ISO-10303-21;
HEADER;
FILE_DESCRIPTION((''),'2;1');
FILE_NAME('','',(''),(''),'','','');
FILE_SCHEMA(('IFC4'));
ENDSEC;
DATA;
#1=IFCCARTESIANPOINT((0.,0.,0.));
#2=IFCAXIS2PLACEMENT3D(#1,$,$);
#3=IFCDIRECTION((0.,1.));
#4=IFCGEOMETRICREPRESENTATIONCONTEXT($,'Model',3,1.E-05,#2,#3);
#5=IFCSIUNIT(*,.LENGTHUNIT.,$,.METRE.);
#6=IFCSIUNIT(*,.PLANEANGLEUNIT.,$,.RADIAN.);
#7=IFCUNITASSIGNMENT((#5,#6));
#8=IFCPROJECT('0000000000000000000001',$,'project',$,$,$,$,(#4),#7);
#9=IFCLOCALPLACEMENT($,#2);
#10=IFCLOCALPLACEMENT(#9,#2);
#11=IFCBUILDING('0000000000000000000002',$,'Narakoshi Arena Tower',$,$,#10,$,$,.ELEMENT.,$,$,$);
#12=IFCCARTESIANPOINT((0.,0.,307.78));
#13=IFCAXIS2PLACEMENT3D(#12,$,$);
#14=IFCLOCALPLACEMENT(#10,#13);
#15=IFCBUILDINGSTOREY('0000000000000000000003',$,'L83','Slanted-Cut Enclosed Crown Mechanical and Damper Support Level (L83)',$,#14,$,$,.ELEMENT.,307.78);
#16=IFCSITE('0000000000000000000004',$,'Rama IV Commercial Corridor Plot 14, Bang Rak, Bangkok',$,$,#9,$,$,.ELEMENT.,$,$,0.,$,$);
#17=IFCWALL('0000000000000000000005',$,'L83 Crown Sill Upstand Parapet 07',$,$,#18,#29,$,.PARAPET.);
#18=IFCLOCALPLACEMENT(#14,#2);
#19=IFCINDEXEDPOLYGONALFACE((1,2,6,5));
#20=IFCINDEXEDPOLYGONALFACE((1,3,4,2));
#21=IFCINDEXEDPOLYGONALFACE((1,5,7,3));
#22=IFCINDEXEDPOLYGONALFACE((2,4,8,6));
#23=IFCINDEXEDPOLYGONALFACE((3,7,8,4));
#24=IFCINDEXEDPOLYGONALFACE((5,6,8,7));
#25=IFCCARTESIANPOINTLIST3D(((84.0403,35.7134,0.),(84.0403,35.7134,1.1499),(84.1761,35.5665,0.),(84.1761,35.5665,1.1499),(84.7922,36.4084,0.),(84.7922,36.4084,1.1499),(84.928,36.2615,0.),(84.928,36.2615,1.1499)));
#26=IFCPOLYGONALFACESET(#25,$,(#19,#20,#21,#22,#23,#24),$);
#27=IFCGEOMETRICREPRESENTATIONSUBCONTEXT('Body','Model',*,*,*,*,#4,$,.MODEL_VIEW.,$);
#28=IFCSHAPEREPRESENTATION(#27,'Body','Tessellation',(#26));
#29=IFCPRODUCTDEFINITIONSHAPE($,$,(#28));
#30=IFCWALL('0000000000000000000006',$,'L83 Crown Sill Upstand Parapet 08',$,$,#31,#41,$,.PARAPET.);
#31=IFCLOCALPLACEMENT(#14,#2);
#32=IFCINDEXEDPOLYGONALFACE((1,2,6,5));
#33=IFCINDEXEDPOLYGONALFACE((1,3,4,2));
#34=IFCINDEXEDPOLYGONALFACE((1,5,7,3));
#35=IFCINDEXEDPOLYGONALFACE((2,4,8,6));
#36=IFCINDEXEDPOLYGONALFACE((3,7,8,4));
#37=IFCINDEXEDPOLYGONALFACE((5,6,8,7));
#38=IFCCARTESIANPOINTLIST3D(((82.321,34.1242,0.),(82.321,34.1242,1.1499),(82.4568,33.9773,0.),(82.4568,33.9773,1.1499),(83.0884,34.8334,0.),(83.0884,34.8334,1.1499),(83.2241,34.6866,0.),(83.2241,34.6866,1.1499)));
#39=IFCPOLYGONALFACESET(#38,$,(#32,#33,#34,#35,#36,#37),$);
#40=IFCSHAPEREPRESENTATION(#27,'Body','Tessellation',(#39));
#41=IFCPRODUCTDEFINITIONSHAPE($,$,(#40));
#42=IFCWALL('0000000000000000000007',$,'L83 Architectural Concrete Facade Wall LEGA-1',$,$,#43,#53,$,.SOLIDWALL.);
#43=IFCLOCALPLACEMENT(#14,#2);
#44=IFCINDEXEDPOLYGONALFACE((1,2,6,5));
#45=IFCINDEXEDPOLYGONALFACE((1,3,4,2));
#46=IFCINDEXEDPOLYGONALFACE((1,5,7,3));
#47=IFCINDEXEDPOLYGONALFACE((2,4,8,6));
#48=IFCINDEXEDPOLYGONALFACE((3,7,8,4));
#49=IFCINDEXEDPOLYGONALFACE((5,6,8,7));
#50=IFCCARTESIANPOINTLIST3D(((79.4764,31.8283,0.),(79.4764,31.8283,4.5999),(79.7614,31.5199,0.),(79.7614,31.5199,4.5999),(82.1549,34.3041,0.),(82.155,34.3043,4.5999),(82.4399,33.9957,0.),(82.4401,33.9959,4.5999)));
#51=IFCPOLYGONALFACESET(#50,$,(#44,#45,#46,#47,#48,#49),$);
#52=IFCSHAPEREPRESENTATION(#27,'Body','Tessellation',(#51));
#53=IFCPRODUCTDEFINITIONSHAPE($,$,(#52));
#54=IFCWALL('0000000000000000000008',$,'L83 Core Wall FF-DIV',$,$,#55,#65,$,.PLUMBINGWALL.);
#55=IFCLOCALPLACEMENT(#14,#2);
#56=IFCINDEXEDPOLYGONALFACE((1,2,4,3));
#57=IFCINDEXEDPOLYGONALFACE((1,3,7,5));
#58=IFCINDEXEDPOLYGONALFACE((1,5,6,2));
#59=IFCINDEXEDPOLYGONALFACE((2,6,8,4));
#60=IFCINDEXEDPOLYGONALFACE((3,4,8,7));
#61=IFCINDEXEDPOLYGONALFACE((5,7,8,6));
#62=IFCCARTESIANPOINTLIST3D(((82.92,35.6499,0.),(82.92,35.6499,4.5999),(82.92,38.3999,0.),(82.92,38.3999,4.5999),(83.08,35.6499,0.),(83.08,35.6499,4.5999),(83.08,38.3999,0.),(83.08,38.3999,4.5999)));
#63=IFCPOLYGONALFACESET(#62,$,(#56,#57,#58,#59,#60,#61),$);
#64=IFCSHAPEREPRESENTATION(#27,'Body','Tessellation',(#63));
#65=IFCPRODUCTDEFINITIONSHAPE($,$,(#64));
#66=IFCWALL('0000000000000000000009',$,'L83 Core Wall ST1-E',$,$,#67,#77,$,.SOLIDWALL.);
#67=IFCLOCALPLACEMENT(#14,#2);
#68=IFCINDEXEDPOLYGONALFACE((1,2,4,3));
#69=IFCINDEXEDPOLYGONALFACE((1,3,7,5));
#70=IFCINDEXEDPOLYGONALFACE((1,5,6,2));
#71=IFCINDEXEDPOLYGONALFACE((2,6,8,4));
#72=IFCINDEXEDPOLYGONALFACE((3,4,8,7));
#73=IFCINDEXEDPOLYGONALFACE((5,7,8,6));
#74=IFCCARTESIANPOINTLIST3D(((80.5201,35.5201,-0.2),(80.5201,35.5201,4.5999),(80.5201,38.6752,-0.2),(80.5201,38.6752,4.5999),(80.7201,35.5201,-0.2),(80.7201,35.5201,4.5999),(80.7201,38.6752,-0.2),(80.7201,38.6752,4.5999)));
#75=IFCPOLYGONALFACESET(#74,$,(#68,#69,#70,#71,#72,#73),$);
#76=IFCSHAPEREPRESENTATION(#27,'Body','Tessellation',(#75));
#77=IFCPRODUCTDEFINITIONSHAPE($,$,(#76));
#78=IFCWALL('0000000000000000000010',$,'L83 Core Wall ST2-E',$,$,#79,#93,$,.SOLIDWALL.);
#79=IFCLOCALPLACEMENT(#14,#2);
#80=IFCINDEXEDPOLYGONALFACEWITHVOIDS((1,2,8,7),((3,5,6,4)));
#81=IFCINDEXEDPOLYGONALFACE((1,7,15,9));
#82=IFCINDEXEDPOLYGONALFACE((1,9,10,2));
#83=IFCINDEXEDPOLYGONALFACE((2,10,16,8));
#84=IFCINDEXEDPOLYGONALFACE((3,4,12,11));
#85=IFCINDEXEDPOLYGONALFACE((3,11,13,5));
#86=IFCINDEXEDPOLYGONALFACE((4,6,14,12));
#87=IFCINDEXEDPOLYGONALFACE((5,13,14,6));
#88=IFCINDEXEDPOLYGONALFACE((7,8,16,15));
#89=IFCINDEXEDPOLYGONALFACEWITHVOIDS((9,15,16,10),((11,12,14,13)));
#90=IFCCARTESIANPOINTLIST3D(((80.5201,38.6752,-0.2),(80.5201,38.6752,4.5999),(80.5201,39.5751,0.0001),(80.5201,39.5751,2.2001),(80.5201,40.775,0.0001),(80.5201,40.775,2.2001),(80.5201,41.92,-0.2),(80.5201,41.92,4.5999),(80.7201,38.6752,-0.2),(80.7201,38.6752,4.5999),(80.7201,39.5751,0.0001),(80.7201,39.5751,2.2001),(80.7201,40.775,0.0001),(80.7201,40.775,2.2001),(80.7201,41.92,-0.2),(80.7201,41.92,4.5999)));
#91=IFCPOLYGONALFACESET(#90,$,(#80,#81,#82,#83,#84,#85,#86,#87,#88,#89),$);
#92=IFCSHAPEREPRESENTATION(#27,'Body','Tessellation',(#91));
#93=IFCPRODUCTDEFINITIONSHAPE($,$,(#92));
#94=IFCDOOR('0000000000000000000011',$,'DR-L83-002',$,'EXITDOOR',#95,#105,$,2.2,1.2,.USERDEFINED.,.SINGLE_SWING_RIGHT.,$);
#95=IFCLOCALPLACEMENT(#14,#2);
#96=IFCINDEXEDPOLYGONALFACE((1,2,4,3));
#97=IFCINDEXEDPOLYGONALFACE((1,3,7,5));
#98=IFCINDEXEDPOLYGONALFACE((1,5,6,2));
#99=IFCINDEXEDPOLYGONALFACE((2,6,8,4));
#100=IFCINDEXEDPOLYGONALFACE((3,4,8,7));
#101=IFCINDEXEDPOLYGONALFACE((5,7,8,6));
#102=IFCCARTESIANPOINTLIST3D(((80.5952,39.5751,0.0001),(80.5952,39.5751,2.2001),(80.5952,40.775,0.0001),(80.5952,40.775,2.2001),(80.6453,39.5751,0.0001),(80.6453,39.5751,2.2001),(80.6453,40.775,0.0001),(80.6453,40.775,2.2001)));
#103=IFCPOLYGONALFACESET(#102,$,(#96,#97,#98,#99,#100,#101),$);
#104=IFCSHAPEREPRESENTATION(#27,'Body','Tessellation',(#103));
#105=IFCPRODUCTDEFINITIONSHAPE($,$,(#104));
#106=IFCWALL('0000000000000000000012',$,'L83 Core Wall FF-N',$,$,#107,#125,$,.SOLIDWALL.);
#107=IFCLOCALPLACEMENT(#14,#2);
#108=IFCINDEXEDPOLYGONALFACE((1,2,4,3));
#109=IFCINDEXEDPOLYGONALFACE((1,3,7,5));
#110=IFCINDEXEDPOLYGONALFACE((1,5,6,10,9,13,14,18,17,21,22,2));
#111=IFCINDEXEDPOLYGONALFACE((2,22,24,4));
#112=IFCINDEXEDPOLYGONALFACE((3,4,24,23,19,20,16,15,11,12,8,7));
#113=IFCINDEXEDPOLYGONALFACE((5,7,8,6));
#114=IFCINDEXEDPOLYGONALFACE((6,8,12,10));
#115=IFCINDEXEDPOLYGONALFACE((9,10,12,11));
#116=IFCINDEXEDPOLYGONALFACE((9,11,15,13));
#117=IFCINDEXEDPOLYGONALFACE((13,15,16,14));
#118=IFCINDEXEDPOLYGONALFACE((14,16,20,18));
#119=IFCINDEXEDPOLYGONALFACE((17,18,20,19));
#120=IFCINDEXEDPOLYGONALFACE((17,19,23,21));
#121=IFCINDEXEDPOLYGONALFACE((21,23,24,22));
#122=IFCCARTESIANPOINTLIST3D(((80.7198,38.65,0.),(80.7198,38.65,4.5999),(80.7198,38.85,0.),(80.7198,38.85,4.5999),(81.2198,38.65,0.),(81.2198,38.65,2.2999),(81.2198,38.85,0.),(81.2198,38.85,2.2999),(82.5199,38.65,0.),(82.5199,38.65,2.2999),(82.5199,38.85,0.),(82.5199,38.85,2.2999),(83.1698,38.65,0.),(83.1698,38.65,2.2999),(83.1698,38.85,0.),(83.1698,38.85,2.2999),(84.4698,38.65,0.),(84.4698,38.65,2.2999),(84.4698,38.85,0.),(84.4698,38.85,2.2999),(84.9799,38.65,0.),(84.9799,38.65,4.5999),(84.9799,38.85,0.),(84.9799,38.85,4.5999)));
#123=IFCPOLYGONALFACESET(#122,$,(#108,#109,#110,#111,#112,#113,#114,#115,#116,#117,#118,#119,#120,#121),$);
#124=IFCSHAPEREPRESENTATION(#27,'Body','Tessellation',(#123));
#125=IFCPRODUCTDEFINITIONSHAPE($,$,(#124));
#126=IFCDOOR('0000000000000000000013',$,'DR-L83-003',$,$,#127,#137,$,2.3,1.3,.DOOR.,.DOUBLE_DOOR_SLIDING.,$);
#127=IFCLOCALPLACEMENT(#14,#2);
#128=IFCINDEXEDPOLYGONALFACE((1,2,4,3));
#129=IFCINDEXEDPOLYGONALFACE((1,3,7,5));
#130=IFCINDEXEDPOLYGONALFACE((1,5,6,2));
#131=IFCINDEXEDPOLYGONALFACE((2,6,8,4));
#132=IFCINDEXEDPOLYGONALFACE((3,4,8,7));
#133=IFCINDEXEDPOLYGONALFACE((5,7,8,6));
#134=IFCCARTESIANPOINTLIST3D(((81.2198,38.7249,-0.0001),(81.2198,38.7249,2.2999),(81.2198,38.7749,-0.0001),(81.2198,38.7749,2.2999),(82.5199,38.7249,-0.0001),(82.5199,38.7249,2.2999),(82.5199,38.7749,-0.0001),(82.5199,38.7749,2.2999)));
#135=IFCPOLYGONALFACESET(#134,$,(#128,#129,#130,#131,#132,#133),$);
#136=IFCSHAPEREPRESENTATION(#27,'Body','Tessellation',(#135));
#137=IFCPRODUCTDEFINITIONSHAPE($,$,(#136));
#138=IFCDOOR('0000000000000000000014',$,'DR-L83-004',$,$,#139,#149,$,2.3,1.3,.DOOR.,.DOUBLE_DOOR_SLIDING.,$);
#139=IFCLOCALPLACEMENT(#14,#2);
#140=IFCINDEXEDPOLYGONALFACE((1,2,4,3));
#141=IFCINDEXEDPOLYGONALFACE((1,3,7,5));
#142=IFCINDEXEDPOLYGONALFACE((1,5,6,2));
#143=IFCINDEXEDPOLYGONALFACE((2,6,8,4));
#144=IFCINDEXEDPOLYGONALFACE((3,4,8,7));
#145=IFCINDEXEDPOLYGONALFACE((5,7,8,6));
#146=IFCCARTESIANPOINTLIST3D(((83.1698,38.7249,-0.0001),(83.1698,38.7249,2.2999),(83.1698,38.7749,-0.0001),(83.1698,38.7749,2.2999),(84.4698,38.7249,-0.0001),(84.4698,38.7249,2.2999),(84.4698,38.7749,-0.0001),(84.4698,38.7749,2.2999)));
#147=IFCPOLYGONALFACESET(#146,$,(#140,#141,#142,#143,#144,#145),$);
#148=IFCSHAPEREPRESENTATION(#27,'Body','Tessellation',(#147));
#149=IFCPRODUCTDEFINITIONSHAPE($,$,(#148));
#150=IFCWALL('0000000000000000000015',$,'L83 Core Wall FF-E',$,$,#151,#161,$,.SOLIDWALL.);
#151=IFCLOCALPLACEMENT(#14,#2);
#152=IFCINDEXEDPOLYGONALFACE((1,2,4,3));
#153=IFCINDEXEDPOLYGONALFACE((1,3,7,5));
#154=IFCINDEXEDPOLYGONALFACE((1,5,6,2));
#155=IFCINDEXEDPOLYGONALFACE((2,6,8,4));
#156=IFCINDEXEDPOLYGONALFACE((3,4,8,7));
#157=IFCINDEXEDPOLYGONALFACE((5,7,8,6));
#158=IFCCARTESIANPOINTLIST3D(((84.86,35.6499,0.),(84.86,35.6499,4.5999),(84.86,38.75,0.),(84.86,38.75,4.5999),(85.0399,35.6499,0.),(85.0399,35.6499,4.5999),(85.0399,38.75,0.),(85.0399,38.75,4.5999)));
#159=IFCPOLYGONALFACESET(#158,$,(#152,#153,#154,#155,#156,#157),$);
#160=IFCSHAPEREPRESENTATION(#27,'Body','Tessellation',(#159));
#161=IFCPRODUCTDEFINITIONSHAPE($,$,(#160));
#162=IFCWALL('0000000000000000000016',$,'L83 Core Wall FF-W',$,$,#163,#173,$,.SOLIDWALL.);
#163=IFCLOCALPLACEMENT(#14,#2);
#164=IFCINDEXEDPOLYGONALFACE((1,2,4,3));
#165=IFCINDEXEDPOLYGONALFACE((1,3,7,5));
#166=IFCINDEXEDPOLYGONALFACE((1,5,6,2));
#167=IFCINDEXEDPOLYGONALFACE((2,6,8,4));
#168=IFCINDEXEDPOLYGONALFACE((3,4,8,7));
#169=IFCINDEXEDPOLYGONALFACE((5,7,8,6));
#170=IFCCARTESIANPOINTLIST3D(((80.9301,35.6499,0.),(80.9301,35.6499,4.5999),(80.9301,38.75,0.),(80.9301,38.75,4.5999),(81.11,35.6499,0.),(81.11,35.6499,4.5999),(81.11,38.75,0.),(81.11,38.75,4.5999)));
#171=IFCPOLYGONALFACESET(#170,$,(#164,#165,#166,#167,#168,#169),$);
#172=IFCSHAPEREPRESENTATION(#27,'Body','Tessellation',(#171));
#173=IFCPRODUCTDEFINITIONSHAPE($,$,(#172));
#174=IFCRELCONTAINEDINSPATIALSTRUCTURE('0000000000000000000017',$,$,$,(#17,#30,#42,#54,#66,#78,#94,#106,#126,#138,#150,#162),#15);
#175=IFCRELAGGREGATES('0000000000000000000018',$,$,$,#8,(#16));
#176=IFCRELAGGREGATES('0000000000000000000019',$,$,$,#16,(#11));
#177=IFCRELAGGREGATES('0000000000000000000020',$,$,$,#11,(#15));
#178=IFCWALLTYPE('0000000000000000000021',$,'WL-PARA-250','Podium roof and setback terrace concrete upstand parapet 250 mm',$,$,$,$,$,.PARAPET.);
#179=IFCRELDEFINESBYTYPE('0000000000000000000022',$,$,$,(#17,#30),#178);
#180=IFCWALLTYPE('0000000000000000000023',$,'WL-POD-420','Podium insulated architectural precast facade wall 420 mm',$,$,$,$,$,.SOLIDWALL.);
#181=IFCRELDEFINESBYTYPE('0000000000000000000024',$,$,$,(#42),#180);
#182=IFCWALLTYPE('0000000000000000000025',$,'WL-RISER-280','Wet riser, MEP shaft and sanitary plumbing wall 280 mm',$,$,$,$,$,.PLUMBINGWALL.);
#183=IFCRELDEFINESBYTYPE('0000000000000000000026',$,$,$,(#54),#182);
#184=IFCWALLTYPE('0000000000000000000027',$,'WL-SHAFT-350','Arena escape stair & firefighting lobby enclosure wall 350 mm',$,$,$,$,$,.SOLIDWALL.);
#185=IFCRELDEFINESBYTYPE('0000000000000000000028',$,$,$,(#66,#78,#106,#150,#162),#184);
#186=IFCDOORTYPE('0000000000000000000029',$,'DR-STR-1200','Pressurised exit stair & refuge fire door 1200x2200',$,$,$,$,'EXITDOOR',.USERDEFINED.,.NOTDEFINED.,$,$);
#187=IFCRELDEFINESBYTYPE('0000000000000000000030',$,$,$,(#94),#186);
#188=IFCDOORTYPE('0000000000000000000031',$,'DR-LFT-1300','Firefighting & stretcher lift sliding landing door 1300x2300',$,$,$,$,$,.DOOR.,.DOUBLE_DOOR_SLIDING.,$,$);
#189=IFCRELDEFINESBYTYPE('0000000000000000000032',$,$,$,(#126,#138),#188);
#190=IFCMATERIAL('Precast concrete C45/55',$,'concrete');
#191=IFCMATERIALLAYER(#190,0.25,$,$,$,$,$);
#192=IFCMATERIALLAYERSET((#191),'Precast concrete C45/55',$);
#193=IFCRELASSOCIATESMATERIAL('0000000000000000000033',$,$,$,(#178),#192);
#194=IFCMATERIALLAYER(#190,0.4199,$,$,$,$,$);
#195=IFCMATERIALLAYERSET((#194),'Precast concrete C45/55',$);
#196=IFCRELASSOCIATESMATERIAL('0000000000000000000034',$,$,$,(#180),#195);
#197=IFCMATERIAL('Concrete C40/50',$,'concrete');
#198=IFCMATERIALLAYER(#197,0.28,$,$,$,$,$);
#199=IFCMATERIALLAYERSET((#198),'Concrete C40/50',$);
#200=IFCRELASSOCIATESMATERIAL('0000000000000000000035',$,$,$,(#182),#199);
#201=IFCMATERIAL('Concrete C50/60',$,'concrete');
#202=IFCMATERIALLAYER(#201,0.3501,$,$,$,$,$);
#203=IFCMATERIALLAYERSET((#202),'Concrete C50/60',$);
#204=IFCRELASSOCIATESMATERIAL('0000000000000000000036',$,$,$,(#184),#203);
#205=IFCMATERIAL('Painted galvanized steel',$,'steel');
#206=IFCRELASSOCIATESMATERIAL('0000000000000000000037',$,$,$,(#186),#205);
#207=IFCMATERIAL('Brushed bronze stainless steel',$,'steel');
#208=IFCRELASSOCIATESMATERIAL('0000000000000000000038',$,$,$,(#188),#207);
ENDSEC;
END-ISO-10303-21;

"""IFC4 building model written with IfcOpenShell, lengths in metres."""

from ifc_helpers import new_model, si_unit, direction, frame, frame_2d, origin, place, context, subcontext, project, spatial, polyline, rectangle, outline, extrude, material, layer, layer_set, type_object, element, fill, save


model = new_model("IFC4")

# Units and contexts
model_context = context("Model", 3, precision=1e-05, world=origin(), true_north=direction((0.0, 1.0)))
body_context = subcontext(model_context, "Body", "Model", "MODEL_VIEW")
ifc_project = project(units=[si_unit("LENGTHUNIT", "METRE"), si_unit("PLANEANGLEUNIT", "RADIAN")], contexts=[model_context])

# Site, building, storey
site_placement = place(None, origin())
site = spatial("IfcSite", under=ifc_project, at=site_placement, Name="Rama IV Commercial Corridor Plot 14, Bang Rak, Bangkok", CompositionType="ELEMENT", RefElevation=0.0)
building_placement = place(site_placement, origin())
building = spatial("IfcBuilding", under=site, at=building_placement, Name="Narakoshi Arena Tower", CompositionType="ELEMENT")
storey_placement = place(building_placement, frame((0.0, 0.0, 307.78)))
storey = spatial("IfcBuildingStorey", under=building, at=storey_placement, Name="L83", Description="Slanted-Cut Enclosed Crown Mechanical and Damper Support Level (L83)", CompositionType="ELEMENT", Elevation=307.78)

# Walls
ifc_material_1 = material(Name="Precast concrete C45/55", Category="concrete")
ifc_layer_1 = layer(ifc_material_1, 0.25)
ifc_layer_set_1 = layer_set([ifc_layer_1], Name="Precast concrete C45/55")
wall_type_1 = type_object("IfcWallType", Name="WL-PARA-250", Description="Podium roof and setback terrace concrete upstand parapet 250 mm", PredefinedType="PARAPET", material=ifc_layer_set_1)
wall_1_placement = place(storey_placement, frame((84.8601, 36.335, 0.0), z_axis=(0.0, 0.0, 1.0), x_axis=(-0.734337, -0.678785, 0.0)))
element("IfcWall", 1, at=wall_1_placement, inside=storey, type_object=wall_type_1, Name="L83 Crown Sill Upstand Parapet 07", PredefinedType="PARAPET", context=body_context, shape_type="SweptSolid", body=[
    extrude(rectangle(XDim=1.0239, YDim=0.2, at=frame_2d((0.512, 0.0))), origin(), (0.0, 0.0, 1.0), 1.1499),
])
wall_2_placement = place(storey_placement, frame((83.1562, 34.76, 0.0), z_axis=(0.0, 0.0, 1.0), x_axis=(-0.734364, -0.678755, 0.0)))
element("IfcWall", 2, at=wall_2_placement, inside=storey, type_object=wall_type_1, Name="L83 Crown Sill Upstand Parapet 08", PredefinedType="PARAPET", context=body_context, shape_type="SweptSolid", body=[
    extrude(rectangle(XDim=1.0449, YDim=0.2, at=frame_2d((0.5225, 0.0))), origin(), (0.0, 0.0, 1.0), 1.1499),
])
ifc_layer_2 = layer(ifc_material_1, 0.4199)
ifc_layer_set_2 = layer_set([ifc_layer_2], Name="Precast concrete C45/55")
wall_type_2 = type_object("IfcWallType", Name="WL-POD-420", Description="Podium insulated architectural precast facade wall 420 mm", PredefinedType="SOLIDWALL", material=ifc_layer_set_2)
wall_3_placement = place(storey_placement, frame((79.6189, 31.6741, 0.0), z_axis=(0.0, 0.0, 1.0), x_axis=(0.734339, 0.678783, 0.0)))
element("IfcWall", 3, at=wall_3_placement, inside=storey, type_object=wall_type_2, Name="L83 Architectural Concrete Facade Wall LEGA-1", PredefinedType="SOLIDWALL", context=body_context, shape_type="SweptSolid", body=[
    extrude(outline(polyline([(0.0, 0.0), (3.6475, 0.0), (3.6477, 4.5999), (0.0, 4.5999), (0.0, 0.0)])), frame((0.0, 0.21, 0.0), z_axis=(0.0, -1.0, 0.0), x_axis=(1.0, 0.0, 0.0)), (0.0, 0.0, 1.0), 0.4199),
])
ifc_material_2 = material(Name="Concrete C40/50", Category="concrete")
ifc_layer_3 = layer(ifc_material_2, 0.28)
ifc_layer_set_3 = layer_set([ifc_layer_3], Name="Concrete C40/50")
wall_type_3 = type_object("IfcWallType", Name="WL-RISER-280", Description="Wet riser, MEP shaft and sanitary plumbing wall 280 mm", PredefinedType="PLUMBINGWALL", material=ifc_layer_set_3)
wall_4_placement = place(storey_placement, frame((83.0, 35.6499, 0.0), z_axis=(0.0, 0.0, 1.0), x_axis=(0.0, 1.0, 0.0)))
element("IfcWall", 4, at=wall_4_placement, inside=storey, type_object=wall_type_3, Name="L83 Core Wall FF-DIV", PredefinedType="PLUMBINGWALL", context=body_context, shape_type="SweptSolid", body=[
    extrude(rectangle(XDim=2.75, YDim=0.1599, at=frame_2d((1.375, 0.0))), origin(), (0.0, 0.0, 1.0), 4.5999),
])
ifc_material_3 = material(Name="Concrete C50/60", Category="concrete")
ifc_layer_4 = layer(ifc_material_3, 0.3501)
ifc_layer_set_4 = layer_set([ifc_layer_4], Name="Concrete C50/60")
wall_type_4 = type_object("IfcWallType", Name="WL-SHAFT-350", Description="Arena escape stair & firefighting lobby enclosure wall 350 mm", PredefinedType="SOLIDWALL", material=ifc_layer_set_4)
wall_5_placement = place(storey_placement, frame((80.6201, 35.52, -0.2), z_axis=(0.0, 0.0, 1.0), x_axis=(0.0, 1.0, 0.0)))
element("IfcWall", 5, at=wall_5_placement, inside=storey, type_object=wall_type_4, Name="L83 Core Wall ST1-E", PredefinedType="SOLIDWALL", context=body_context, shape_type="SweptSolid", body=[
    extrude(rectangle(XDim=3.155, YDim=0.2, at=frame_2d((1.5776, 0.0))), origin(), (0.0, 0.0, 1.0), 4.7998),
])

# Wall, opening, door
wall_6_placement = place(storey_placement, frame((80.6201, 38.675, -0.2), z_axis=(0.0, 0.0, 1.0), x_axis=(0.0, 1.0, 0.0)))
wall_6 = element("IfcWall", 6, at=wall_6_placement, inside=storey, type_object=wall_type_4, Name="L83 Core Wall ST2-E", PredefinedType="SOLIDWALL", context=body_context, shape_type="SweptSolid", body=[
    extrude(rectangle(XDim=3.2449, YDim=0.2, at=frame_2d((1.6226, 0.0))), origin(), (0.0, 0.0, 1.0), 4.7998),
])
opening_1_placement = place(wall_6_placement, frame((0.8999, 0.0, 0.2)))
opening_1 = element("IfcOpeningElement", 7, at=opening_1_placement, cuts=wall_6, PredefinedType="OPENING", context=body_context, shape_type="SweptSolid", body=[
    extrude(rectangle(XDim=1.2, YDim=2.2, at=frame_2d((0.6001, 1.1001))), frame((0.0, 0.1099, 0.0), z_axis=(0.0, -1.0, 0.0), x_axis=(1.0, 0.0, 0.0)), (0.0, 0.0, 1.0), 0.22),
])
ifc_material_4 = material(Name="Painted galvanized steel", Category="steel")
door_type_1 = type_object("IfcDoorType", Name="DR-STR-1200", Description="Pressurised exit stair & refuge fire door 1200x2200", ElementType="EXITDOOR", OperationType="NOTDEFINED", PredefinedType="USERDEFINED", material=ifc_material_4)
door_1_placement = place(opening_1_placement, origin())
door_1 = element("IfcDoor", 8, at=door_1_placement, inside=storey, type_object=door_type_1, Name="DR-L83-002", ObjectType="EXITDOOR", OperationType="SINGLE_SWING_RIGHT", OverallHeight=2.2, OverallWidth=1.2, PredefinedType="USERDEFINED", context=body_context, shape_type="SweptSolid", body=[
    extrude(rectangle(XDim=1.2, YDim=2.2, at=frame_2d((0.6001, 1.1001))), frame((0.0, 0.0249, 0.0), z_axis=(0.0, -1.0, 0.0), x_axis=(1.0, 0.0, 0.0)), (0.0, 0.0, 1.0), 0.05),
])
fill(opening_1, door_1)

# Wall, openings, doors
wall_7_placement = place(storey_placement, frame((80.72, 38.75, 0.0), z_axis=(0.0, 0.0, 1.0), x_axis=(1.0, 0.0, 0.0)))
wall_7 = element("IfcWall", 9, at=wall_7_placement, inside=storey, type_object=wall_type_4, Name="L83 Core Wall FF-N", PredefinedType="SOLIDWALL", context=body_context, shape_type="SweptSolid", body=[
    extrude(rectangle(XDim=4.26, YDim=0.2, at=frame_2d((2.1299, 0.0))), origin(), (0.0, 0.0, 1.0), 4.5999),
])
opening_2_placement = place(wall_7_placement, frame((0.5, 0.0, 0.0)))
opening_2 = element("IfcOpeningElement", 10, at=opening_2_placement, cuts=wall_7, PredefinedType="OPENING", context=body_context, shape_type="SweptSolid", body=[
    extrude(rectangle(XDim=1.3, YDim=2.3, at=frame_2d((0.6499, 1.1499))), frame((0.0, 0.1099, 0.0), z_axis=(0.0, -1.0, 0.0), x_axis=(1.0, 0.0, 0.0)), (0.0, 0.0, 1.0), 0.22),
])
opening_3_placement = place(wall_7_placement, frame((2.45, 0.0, 0.0)))
opening_3 = element("IfcOpeningElement", 11, at=opening_3_placement, cuts=wall_7, PredefinedType="OPENING", context=body_context, shape_type="SweptSolid", body=[
    extrude(rectangle(XDim=1.3, YDim=2.3, at=frame_2d((0.6499, 1.1499))), frame((0.0, 0.1099, 0.0), z_axis=(0.0, -1.0, 0.0), x_axis=(1.0, 0.0, 0.0)), (0.0, 0.0, 1.0), 0.22),
])
ifc_material_5 = material(Name="Brushed bronze stainless steel", Category="steel")
door_type_2 = type_object("IfcDoorType", Name="DR-LFT-1300", Description="Firefighting & stretcher lift sliding landing door 1300x2300", OperationType="DOUBLE_DOOR_SLIDING", PredefinedType="DOOR", material=ifc_material_5)
door_2_placement = place(opening_2_placement, origin())
door_2 = element("IfcDoor", 12, at=door_2_placement, inside=storey, type_object=door_type_2, Name="DR-L83-003", OperationType="DOUBLE_DOOR_SLIDING", OverallHeight=2.3, OverallWidth=1.3, PredefinedType="DOOR", context=body_context, shape_type="SweptSolid", body=[
    extrude(rectangle(XDim=1.3, YDim=2.3, at=frame_2d((0.6499, 1.1499))), frame((0.0, 0.0249, 0.0), z_axis=(0.0, -1.0, 0.0), x_axis=(1.0, 0.0, 0.0)), (0.0, 0.0, 1.0), 0.05),
])
fill(opening_2, door_2)
door_3_placement = place(opening_3_placement, origin())
door_3 = element("IfcDoor", 13, at=door_3_placement, inside=storey, type_object=door_type_2, Name="DR-L83-004", OperationType="DOUBLE_DOOR_SLIDING", OverallHeight=2.3, OverallWidth=1.3, PredefinedType="DOOR", context=body_context, shape_type="SweptSolid", body=[
    extrude(rectangle(XDim=1.3, YDim=2.3, at=frame_2d((0.6499, 1.1499))), frame((0.0, 0.0249, 0.0), z_axis=(0.0, -1.0, 0.0), x_axis=(1.0, 0.0, 0.0)), (0.0, 0.0, 1.0), 0.05),
])
fill(opening_3, door_3)

# Walls
for number, where, z_axis, x_axis, name in (
    (14, (84.95, 35.6499, 0.0), (0.0, 0.0, 1.0), (0.0, 1.0, 0.0), "L83 Core Wall FF-E"),
    (15, (81.02, 35.6499, 0.0), (0.0, 0.0, 1.0), (0.0, 1.0, 0.0), "L83 Core Wall FF-W"),
):
    element("IfcWall", number, at=place(storey_placement, frame(where, z_axis=z_axis, x_axis=x_axis)), inside=storey, type_object=wall_type_4, Name=name, PredefinedType="SOLIDWALL", context=body_context, shape_type="SweptSolid", body=[
        extrude(rectangle(XDim=3.1001, YDim=0.1799, at=frame_2d((1.55, 0.0))), origin(), (0.0, 0.0, 1.0), 4.5999),
    ])

save(model, "model.ifc")
